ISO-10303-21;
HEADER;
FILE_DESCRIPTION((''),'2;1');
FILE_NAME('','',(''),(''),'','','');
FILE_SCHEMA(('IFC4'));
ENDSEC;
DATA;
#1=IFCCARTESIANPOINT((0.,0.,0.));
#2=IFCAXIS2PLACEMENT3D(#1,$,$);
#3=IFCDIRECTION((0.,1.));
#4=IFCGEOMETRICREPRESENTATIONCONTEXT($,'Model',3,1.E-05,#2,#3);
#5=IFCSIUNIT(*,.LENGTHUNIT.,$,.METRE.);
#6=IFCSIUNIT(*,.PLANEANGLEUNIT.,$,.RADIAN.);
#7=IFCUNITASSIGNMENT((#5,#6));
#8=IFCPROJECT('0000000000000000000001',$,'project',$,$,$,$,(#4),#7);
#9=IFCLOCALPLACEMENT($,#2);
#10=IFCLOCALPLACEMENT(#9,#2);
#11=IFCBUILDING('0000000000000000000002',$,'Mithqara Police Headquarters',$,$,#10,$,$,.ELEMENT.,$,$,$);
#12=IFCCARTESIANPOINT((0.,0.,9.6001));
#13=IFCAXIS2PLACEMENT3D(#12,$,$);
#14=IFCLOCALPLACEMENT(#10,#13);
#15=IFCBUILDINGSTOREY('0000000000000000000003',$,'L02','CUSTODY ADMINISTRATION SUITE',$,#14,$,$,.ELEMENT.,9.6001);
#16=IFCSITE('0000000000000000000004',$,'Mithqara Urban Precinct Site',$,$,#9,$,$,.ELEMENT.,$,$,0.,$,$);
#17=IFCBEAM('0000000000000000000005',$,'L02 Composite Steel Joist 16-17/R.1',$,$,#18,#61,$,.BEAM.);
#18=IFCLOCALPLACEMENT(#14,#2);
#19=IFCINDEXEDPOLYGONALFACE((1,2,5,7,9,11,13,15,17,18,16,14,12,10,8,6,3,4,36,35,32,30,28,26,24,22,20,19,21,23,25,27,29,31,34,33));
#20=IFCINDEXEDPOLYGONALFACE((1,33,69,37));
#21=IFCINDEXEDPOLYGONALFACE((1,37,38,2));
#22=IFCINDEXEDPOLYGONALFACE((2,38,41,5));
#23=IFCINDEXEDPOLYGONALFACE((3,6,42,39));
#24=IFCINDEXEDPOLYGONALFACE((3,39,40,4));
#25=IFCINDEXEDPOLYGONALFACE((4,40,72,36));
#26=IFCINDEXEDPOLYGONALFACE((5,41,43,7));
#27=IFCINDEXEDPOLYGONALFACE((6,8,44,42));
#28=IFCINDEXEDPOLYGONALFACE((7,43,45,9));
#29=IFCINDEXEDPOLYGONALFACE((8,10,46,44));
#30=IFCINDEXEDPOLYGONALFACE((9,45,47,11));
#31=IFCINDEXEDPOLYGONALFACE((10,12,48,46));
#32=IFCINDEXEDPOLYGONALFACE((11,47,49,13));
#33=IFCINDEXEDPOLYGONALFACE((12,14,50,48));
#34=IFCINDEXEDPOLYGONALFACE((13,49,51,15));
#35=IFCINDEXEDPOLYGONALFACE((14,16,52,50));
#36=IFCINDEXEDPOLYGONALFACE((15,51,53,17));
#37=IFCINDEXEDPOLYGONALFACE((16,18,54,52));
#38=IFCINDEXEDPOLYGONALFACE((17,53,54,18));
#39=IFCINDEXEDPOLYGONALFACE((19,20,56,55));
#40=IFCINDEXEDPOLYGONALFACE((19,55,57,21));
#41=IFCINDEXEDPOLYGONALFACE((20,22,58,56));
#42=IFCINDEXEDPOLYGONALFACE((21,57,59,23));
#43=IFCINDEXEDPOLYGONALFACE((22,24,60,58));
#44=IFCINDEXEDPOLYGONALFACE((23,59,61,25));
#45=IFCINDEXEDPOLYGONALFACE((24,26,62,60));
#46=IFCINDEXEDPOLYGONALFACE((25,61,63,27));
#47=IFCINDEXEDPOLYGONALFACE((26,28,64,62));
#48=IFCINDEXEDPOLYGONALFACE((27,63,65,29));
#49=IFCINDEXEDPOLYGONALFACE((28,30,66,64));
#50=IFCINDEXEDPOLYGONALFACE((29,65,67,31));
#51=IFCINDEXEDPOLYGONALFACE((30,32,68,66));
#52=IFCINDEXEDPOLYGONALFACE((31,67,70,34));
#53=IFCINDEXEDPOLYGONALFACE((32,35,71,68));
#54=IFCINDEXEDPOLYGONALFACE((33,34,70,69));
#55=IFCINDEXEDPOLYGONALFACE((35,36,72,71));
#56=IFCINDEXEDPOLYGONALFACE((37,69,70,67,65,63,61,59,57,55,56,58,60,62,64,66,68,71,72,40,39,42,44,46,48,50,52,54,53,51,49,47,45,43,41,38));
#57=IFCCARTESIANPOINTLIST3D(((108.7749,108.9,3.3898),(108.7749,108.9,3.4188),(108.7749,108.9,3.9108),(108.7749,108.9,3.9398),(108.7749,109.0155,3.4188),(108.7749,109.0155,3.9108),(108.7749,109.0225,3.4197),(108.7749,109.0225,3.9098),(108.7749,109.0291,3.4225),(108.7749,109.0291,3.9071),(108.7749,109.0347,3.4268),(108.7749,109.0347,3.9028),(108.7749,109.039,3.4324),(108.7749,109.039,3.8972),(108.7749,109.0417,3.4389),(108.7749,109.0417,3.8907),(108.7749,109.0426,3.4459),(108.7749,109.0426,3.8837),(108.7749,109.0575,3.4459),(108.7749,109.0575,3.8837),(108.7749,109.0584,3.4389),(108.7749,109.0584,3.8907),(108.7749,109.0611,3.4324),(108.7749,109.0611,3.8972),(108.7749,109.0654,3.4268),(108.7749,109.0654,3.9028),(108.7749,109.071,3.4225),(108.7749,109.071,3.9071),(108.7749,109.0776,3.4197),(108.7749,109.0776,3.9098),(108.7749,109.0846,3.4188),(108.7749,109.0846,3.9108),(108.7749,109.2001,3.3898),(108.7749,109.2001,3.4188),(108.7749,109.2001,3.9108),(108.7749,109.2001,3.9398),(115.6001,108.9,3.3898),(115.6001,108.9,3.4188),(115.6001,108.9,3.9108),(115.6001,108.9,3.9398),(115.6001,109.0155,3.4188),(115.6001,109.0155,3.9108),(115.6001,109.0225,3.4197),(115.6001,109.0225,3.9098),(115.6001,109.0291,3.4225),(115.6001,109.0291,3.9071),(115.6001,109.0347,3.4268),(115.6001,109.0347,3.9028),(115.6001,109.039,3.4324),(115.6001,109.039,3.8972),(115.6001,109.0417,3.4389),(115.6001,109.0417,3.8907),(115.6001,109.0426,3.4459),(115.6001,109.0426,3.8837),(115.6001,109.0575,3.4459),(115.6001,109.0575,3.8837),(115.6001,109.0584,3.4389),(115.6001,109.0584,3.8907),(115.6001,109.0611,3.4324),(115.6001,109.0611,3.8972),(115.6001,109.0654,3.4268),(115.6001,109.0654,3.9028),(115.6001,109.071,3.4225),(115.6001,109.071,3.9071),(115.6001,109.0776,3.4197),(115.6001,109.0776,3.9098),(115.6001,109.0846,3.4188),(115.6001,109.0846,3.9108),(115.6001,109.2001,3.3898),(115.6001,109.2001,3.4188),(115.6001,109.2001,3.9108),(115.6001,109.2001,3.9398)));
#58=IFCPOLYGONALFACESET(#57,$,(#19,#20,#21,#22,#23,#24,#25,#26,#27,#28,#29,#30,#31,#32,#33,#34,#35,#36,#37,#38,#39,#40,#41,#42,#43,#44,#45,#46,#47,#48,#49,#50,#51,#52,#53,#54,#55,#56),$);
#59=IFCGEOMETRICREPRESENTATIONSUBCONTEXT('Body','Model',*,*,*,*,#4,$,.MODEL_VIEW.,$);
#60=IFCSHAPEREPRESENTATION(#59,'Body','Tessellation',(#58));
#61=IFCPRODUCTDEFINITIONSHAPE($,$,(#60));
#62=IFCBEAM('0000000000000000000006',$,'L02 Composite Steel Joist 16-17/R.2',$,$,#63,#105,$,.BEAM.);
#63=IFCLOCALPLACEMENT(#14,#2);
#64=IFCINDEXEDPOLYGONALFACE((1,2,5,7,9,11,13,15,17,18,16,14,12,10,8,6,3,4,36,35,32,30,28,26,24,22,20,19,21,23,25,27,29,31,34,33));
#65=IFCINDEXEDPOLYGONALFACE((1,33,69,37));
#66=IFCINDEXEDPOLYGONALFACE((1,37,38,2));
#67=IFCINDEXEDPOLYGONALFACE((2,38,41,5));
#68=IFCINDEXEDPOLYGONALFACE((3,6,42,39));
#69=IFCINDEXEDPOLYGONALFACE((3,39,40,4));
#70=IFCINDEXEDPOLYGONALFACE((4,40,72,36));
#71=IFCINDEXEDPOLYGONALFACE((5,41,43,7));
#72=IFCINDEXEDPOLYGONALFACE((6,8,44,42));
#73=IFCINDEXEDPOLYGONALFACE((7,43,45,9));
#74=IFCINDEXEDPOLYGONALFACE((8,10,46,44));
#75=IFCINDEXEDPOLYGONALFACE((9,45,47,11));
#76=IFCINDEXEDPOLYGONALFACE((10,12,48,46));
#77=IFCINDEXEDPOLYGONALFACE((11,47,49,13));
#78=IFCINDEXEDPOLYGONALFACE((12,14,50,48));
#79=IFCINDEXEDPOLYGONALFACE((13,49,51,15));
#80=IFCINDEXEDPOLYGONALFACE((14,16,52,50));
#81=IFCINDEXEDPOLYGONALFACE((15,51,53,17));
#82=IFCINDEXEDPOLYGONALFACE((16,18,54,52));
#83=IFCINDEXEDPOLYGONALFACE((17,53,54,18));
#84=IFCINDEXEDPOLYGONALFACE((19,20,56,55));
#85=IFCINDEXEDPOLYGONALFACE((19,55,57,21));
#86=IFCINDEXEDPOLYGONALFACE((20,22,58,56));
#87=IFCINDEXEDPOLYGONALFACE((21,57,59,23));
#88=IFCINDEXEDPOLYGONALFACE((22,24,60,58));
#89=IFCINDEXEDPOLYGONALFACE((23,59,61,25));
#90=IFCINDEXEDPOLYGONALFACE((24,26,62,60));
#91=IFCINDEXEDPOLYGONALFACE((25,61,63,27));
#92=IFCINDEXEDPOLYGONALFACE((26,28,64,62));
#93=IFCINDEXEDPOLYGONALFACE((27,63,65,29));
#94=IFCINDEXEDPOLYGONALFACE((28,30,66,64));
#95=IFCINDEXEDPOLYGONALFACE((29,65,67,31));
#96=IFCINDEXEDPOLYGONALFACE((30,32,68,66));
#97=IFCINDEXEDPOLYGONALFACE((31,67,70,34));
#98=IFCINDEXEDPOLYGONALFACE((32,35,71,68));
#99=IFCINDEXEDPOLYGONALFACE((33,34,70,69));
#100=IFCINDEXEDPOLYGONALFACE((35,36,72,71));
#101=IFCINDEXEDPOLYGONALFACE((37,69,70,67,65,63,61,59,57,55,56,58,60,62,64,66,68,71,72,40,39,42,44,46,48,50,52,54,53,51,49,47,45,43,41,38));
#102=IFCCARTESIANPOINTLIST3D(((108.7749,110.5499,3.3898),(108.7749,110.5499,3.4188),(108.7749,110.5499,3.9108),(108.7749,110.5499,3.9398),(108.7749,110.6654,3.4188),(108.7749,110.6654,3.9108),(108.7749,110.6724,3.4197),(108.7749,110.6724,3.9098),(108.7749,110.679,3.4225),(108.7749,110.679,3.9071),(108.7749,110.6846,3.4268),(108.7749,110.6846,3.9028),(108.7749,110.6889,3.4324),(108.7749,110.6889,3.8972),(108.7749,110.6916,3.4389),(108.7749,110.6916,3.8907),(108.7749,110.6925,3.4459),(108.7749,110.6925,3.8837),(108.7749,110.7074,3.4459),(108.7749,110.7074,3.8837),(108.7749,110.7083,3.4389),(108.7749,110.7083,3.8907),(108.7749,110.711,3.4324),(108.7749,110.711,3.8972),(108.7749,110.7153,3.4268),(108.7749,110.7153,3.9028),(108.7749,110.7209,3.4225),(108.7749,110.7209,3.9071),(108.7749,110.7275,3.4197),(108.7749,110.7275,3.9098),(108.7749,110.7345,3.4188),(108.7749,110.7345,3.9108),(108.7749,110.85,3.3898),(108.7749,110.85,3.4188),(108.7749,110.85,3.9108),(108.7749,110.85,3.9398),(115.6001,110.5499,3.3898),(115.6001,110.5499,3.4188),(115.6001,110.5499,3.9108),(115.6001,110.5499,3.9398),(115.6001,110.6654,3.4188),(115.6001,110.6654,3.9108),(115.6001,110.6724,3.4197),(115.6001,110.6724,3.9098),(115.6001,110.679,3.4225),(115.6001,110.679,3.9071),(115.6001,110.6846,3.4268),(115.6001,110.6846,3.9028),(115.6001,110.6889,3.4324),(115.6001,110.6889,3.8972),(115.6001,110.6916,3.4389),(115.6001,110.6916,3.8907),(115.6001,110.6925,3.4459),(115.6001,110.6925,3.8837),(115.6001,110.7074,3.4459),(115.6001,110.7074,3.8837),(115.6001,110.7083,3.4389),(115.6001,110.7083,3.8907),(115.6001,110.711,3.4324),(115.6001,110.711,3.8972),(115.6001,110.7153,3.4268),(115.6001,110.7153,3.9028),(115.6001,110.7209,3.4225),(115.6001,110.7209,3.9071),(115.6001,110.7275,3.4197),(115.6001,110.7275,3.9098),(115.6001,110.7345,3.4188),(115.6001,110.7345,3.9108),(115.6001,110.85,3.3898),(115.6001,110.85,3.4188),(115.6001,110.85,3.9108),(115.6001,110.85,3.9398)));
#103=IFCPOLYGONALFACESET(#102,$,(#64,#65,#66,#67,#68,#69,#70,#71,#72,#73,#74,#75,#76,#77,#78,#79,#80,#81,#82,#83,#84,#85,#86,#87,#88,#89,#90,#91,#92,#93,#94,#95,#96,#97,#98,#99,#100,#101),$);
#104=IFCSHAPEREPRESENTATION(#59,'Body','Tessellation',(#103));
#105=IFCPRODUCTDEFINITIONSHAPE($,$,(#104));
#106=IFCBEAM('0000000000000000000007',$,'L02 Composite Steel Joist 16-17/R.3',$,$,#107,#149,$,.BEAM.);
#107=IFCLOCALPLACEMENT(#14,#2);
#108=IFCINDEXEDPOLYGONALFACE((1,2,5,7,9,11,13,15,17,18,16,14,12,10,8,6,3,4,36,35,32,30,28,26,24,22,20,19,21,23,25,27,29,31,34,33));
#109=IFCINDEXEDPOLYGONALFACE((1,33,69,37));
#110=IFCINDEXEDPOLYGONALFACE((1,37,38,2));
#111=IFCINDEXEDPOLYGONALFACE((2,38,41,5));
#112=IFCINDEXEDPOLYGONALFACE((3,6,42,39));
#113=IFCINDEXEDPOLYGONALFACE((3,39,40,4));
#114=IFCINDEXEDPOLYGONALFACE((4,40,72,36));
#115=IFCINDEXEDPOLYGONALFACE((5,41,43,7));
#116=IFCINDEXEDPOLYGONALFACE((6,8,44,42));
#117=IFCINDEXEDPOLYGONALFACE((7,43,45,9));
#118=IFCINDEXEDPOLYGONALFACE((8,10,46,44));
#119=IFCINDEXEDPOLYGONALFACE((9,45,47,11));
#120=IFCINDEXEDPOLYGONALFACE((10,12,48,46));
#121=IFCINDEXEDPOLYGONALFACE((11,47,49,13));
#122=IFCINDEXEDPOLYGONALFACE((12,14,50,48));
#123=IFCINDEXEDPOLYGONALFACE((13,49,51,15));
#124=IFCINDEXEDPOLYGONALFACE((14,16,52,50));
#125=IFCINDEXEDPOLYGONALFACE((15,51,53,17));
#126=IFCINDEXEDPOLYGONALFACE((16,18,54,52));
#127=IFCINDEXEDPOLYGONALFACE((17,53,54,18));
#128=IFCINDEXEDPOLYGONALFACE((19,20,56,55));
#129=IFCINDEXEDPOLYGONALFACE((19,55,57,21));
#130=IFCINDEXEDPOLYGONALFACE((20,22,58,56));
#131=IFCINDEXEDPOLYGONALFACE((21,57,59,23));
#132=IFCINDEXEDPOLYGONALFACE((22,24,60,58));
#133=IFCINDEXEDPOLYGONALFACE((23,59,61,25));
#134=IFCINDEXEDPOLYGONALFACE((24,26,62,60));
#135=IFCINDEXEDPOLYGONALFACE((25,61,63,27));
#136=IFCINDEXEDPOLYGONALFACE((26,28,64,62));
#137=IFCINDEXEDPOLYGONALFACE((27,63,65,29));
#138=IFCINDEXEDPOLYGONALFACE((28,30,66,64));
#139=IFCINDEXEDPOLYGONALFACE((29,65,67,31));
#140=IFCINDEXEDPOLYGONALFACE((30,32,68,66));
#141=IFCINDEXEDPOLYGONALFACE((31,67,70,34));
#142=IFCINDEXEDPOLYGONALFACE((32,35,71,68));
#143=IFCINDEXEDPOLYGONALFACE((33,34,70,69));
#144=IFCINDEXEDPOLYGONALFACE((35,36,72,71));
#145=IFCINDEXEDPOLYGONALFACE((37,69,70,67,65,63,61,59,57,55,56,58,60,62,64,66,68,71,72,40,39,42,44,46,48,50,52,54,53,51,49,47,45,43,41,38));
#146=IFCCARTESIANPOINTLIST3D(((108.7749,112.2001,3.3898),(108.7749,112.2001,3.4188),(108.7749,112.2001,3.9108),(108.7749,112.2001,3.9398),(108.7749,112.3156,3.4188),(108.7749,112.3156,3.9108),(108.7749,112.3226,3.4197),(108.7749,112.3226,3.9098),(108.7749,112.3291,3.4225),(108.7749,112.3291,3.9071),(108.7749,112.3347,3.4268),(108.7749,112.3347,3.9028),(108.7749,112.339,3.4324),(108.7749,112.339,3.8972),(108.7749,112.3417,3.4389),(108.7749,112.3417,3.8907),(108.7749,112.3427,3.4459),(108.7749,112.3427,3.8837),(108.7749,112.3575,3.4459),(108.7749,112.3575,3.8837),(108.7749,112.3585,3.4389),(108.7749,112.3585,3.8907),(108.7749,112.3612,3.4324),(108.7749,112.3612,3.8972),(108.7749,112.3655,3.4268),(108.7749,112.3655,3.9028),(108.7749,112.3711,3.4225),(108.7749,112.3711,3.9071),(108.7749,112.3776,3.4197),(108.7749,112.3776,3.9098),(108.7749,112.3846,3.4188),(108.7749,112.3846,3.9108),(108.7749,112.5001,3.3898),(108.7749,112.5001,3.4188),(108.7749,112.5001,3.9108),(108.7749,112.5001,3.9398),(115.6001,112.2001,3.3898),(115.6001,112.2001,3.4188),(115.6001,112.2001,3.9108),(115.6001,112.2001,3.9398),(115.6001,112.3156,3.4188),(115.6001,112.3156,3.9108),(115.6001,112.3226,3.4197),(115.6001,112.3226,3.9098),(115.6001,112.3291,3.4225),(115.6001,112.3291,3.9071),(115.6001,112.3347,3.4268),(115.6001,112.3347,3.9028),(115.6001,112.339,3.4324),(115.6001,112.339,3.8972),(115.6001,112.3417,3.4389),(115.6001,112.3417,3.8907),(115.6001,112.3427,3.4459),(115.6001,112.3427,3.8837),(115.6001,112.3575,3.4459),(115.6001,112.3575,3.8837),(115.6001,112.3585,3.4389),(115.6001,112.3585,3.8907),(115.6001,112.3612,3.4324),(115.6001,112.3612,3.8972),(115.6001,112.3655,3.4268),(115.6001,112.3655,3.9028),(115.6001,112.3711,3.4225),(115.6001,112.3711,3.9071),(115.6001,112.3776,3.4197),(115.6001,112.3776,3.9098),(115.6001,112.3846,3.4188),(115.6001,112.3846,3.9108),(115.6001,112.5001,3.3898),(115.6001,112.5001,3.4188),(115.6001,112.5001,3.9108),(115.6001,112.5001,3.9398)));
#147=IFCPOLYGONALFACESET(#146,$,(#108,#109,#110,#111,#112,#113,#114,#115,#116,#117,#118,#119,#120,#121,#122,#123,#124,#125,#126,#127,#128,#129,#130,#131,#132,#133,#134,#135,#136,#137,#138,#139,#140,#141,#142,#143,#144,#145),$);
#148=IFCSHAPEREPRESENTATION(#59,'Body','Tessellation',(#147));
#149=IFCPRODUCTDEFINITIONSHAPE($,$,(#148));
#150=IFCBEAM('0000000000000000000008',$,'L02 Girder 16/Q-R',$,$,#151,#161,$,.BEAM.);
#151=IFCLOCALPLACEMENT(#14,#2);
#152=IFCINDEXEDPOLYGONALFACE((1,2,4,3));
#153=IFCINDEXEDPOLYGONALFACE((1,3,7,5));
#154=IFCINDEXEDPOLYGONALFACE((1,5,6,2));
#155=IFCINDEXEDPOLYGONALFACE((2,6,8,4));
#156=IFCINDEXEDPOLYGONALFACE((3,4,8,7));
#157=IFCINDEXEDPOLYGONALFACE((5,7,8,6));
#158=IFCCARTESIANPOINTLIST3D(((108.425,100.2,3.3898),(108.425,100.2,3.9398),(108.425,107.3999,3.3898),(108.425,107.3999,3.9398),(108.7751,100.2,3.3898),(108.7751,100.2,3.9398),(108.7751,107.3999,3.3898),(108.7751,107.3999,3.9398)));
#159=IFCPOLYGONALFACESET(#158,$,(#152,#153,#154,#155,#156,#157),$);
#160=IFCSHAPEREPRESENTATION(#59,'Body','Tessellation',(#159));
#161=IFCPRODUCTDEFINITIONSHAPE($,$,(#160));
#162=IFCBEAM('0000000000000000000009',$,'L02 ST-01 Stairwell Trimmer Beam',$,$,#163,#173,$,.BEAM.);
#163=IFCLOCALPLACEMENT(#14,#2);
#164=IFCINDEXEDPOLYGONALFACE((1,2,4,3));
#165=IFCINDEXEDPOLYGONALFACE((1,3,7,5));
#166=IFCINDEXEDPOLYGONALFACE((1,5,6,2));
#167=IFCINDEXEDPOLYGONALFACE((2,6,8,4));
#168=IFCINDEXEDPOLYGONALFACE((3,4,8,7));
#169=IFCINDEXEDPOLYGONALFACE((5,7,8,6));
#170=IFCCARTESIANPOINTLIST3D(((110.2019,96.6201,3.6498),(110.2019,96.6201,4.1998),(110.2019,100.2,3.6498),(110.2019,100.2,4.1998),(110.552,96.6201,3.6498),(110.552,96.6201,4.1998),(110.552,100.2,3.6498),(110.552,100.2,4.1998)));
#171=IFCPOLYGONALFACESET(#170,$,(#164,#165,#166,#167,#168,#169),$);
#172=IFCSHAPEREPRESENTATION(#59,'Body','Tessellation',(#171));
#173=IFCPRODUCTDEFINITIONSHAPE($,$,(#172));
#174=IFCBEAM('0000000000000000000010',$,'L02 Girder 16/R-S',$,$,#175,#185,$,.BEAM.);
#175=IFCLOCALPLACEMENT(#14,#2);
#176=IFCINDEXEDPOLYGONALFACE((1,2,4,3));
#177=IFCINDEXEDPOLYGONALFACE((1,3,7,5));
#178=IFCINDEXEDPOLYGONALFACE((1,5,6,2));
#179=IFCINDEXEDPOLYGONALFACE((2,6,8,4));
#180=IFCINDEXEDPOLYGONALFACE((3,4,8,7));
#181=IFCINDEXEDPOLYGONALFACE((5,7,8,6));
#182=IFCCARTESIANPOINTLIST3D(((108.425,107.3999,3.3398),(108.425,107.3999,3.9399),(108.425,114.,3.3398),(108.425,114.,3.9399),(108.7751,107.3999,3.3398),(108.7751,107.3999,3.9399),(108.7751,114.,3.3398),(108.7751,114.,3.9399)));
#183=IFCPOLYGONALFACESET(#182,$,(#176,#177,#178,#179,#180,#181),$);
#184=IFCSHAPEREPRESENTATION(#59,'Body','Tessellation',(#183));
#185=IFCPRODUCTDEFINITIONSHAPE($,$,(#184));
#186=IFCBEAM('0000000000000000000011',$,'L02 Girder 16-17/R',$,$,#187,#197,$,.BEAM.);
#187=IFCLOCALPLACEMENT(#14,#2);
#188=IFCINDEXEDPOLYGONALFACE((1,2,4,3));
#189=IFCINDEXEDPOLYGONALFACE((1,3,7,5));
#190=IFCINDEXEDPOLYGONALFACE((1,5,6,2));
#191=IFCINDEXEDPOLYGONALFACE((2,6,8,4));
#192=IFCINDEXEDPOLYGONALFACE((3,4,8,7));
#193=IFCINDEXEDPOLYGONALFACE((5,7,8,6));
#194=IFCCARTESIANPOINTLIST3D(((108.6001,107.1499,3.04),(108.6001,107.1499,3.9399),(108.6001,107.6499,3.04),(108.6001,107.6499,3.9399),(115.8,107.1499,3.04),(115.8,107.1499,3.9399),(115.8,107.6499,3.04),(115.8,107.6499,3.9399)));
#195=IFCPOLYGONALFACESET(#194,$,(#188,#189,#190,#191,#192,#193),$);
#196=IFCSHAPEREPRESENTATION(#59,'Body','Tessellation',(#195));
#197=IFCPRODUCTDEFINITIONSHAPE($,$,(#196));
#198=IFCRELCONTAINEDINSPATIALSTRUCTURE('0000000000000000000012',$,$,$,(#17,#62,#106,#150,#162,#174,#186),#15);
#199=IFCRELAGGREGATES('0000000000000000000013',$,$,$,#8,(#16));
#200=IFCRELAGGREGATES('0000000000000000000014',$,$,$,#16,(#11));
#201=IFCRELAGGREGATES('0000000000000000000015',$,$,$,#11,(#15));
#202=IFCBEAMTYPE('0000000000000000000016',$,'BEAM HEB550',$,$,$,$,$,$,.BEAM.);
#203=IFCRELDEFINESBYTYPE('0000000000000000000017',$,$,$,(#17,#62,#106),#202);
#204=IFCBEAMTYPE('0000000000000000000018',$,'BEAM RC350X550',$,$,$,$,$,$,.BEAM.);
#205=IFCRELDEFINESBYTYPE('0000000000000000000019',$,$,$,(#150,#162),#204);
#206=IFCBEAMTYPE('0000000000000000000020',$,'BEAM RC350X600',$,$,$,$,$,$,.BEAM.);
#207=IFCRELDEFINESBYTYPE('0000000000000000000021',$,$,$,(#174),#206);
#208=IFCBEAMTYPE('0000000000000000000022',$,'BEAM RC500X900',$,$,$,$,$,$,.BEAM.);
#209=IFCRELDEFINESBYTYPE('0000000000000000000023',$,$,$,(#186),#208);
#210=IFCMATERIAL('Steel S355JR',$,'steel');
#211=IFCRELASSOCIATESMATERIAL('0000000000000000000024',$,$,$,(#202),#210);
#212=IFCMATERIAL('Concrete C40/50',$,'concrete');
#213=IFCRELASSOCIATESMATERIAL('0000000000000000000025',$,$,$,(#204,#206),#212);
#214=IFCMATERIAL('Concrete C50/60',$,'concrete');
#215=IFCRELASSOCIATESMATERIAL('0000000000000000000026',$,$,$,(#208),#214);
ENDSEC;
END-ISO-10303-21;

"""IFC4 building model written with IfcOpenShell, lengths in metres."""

from ifc_helpers import new_model, si_unit, direction, frame, origin, origin_2d, place, context, subcontext, project, spatial, rectangle, i_section, extrude, material, material_profile, profile_set, type_object, element, save


model = new_model("IFC4")

# Units and contexts
model_context = context("Model", 3, precision=1e-05, world=origin(), true_north=direction((0.0, 1.0)))
body_context = subcontext(model_context, "Body", "Model", "MODEL_VIEW")
ifc_project = project(units=[si_unit("LENGTHUNIT", "METRE"), si_unit("PLANEANGLEUNIT", "RADIAN")], contexts=[model_context])

# Site, building, storey
site_placement = place(None, origin())
site = spatial("IfcSite", under=ifc_project, at=site_placement, Name="Mithqara Urban Precinct Site", CompositionType="ELEMENT", RefElevation=0.0)
building_placement = place(site_placement, origin())
building = spatial("IfcBuilding", under=site, at=building_placement, Name="Mithqara Police Headquarters", CompositionType="ELEMENT")
storey_placement = place(building_placement, frame((0.0, 0.0, 9.6001)))
storey = spatial("IfcBuildingStorey", under=building, at=storey_placement, Name="L02", Description="CUSTODY ADMINISTRATION SUITE", CompositionType="ELEMENT", Elevation=9.6001)

# Shared definitions
ifc_material_1 = material(Name="Concrete C50/60", Category="concrete")

# Beams
ifc_material_2 = material(Name="Steel S355JR", Category="steel")
ifc_material_profile_1 = material_profile(ifc_material_2, i_section(OverallWidth=0.3, OverallDepth=0.55, WebThickness=0.0149, FlangeThickness=0.0291, FilletRadius=0.0271, at=origin_2d()), Name="HEB 550")
ifc_profile_set_1 = profile_set([ifc_material_profile_1], Name="Steel S355JR")
beam_type_1 = type_object("IfcBeamType", Name="BEAM HEB550", PredefinedType="BEAM", material=ifc_profile_set_1)
for number, where, z_axis, x_axis, name in (
    (1, (108.7749, 109.05, 3.6648), (1.0, 0.0, 0.0), (0.0, 1.0, 0.0), "L02 Composite Steel Joist 16-17/R.1"),
    (2, (108.7749, 110.7, 3.6648), (1.0, 0.0, 0.0), (0.0, 1.0, 0.0), "L02 Composite Steel Joist 16-17/R.2"),
    (3, (108.7749, 112.3501, 3.6648), (1.0, 0.0, 0.0), (0.0, 1.0, 0.0), "L02 Composite Steel Joist 16-17/R.3"),
):
    element("IfcBeam", number, at=place(storey_placement, frame(where, z_axis=z_axis, x_axis=x_axis)), inside=storey, type_object=beam_type_1, Name=name, PredefinedType="BEAM", context=body_context, shape_type="SweptSolid", body=[
        extrude(i_section(OverallWidth=0.3, OverallDepth=0.55, WebThickness=0.0149, FlangeThickness=0.0291, FilletRadius=0.0271, at=origin_2d()), origin(), (0.0, 0.0, 1.0), 6.8252),
    ])
ifc_material_3 = material(Name="Concrete C40/50", Category="concrete")
ifc_material_profile_2 = material_profile(ifc_material_3, rectangle(XDim=0.3501, YDim=0.55, at=origin_2d()), Name="RC 350x550")
ifc_profile_set_2 = profile_set([ifc_material_profile_2], Name="Concrete C40/50")
beam_type_2 = type_object("IfcBeamType", Name="BEAM RC350X550", PredefinedType="BEAM", material=ifc_profile_set_2)
beam_1_placement = place(storey_placement, frame((108.6001, 100.2, 3.6648), z_axis=(0.0, 1.0, 0.0), x_axis=(-1.0, 0.0, 0.0)))
element("IfcBeam", 4, at=beam_1_placement, inside=storey, type_object=beam_type_2, Name="L02 Girder 16/Q-R", PredefinedType="BEAM", context=body_context, shape_type="SweptSolid", body=[
    extrude(rectangle(XDim=0.3501, YDim=0.55, at=origin_2d()), origin(), (0.0, 0.0, 1.0), 7.2),
])
beam_2_placement = place(storey_placement, frame((110.377, 96.6201, 3.9248), z_axis=(0.0, 1.0, 0.0), x_axis=(-1.0, 0.0, 0.0)))
element("IfcBeam", 5, at=beam_2_placement, inside=storey, type_object=beam_type_2, Name="L02 ST-01 Stairwell Trimmer Beam", PredefinedType="BEAM", context=body_context, shape_type="SweptSolid", body=[
    extrude(rectangle(XDim=0.3501, YDim=0.55, at=origin_2d()), origin(), (0.0, 0.0, 1.0), 3.5798),
])
ifc_material_profile_3 = material_profile(ifc_material_3, rectangle(XDim=0.3501, YDim=0.6001, at=origin_2d()), Name="RC 350x600")
ifc_profile_set_3 = profile_set([ifc_material_profile_3], Name="Concrete C40/50")
beam_type_3 = type_object("IfcBeamType", Name="BEAM RC350X600", PredefinedType="BEAM", material=ifc_profile_set_3)
beam_3_placement = place(storey_placement, frame((108.6001, 107.3999, 3.6399), z_axis=(0.0, 1.0, 0.0), x_axis=(-1.0, 0.0, 0.0)))
element("IfcBeam", 6, at=beam_3_placement, inside=storey, type_object=beam_type_3, Name="L02 Girder 16/R-S", PredefinedType="BEAM", context=body_context, shape_type="SweptSolid", body=[
    extrude(rectangle(XDim=0.3501, YDim=0.6001, at=origin_2d()), origin(), (0.0, 0.0, 1.0), 6.6001),
])
ifc_material_profile_4 = material_profile(ifc_material_1, rectangle(XDim=0.5, YDim=0.8999, at=origin_2d()), Name="RC 500x900")
ifc_profile_set_4 = profile_set([ifc_material_profile_4], Name="Concrete C50/60")
beam_type_4 = type_object("IfcBeamType", Name="BEAM RC500X900", PredefinedType="BEAM", material=ifc_profile_set_4)
beam_4_placement = place(storey_placement, frame((108.6001, 107.3999, 3.49), z_axis=(1.0, 0.0, 0.0), x_axis=(0.0, 1.0, 0.0)))
element("IfcBeam", 7, at=beam_4_placement, inside=storey, type_object=beam_type_4, Name="L02 Girder 16-17/R", PredefinedType="BEAM", context=body_context, shape_type="SweptSolid", body=[
    extrude(rectangle(XDim=0.5, YDim=0.8999, at=origin_2d()), origin(), (0.0, 0.0, 1.0), 7.2),
])

save(model, "model.ifc")
